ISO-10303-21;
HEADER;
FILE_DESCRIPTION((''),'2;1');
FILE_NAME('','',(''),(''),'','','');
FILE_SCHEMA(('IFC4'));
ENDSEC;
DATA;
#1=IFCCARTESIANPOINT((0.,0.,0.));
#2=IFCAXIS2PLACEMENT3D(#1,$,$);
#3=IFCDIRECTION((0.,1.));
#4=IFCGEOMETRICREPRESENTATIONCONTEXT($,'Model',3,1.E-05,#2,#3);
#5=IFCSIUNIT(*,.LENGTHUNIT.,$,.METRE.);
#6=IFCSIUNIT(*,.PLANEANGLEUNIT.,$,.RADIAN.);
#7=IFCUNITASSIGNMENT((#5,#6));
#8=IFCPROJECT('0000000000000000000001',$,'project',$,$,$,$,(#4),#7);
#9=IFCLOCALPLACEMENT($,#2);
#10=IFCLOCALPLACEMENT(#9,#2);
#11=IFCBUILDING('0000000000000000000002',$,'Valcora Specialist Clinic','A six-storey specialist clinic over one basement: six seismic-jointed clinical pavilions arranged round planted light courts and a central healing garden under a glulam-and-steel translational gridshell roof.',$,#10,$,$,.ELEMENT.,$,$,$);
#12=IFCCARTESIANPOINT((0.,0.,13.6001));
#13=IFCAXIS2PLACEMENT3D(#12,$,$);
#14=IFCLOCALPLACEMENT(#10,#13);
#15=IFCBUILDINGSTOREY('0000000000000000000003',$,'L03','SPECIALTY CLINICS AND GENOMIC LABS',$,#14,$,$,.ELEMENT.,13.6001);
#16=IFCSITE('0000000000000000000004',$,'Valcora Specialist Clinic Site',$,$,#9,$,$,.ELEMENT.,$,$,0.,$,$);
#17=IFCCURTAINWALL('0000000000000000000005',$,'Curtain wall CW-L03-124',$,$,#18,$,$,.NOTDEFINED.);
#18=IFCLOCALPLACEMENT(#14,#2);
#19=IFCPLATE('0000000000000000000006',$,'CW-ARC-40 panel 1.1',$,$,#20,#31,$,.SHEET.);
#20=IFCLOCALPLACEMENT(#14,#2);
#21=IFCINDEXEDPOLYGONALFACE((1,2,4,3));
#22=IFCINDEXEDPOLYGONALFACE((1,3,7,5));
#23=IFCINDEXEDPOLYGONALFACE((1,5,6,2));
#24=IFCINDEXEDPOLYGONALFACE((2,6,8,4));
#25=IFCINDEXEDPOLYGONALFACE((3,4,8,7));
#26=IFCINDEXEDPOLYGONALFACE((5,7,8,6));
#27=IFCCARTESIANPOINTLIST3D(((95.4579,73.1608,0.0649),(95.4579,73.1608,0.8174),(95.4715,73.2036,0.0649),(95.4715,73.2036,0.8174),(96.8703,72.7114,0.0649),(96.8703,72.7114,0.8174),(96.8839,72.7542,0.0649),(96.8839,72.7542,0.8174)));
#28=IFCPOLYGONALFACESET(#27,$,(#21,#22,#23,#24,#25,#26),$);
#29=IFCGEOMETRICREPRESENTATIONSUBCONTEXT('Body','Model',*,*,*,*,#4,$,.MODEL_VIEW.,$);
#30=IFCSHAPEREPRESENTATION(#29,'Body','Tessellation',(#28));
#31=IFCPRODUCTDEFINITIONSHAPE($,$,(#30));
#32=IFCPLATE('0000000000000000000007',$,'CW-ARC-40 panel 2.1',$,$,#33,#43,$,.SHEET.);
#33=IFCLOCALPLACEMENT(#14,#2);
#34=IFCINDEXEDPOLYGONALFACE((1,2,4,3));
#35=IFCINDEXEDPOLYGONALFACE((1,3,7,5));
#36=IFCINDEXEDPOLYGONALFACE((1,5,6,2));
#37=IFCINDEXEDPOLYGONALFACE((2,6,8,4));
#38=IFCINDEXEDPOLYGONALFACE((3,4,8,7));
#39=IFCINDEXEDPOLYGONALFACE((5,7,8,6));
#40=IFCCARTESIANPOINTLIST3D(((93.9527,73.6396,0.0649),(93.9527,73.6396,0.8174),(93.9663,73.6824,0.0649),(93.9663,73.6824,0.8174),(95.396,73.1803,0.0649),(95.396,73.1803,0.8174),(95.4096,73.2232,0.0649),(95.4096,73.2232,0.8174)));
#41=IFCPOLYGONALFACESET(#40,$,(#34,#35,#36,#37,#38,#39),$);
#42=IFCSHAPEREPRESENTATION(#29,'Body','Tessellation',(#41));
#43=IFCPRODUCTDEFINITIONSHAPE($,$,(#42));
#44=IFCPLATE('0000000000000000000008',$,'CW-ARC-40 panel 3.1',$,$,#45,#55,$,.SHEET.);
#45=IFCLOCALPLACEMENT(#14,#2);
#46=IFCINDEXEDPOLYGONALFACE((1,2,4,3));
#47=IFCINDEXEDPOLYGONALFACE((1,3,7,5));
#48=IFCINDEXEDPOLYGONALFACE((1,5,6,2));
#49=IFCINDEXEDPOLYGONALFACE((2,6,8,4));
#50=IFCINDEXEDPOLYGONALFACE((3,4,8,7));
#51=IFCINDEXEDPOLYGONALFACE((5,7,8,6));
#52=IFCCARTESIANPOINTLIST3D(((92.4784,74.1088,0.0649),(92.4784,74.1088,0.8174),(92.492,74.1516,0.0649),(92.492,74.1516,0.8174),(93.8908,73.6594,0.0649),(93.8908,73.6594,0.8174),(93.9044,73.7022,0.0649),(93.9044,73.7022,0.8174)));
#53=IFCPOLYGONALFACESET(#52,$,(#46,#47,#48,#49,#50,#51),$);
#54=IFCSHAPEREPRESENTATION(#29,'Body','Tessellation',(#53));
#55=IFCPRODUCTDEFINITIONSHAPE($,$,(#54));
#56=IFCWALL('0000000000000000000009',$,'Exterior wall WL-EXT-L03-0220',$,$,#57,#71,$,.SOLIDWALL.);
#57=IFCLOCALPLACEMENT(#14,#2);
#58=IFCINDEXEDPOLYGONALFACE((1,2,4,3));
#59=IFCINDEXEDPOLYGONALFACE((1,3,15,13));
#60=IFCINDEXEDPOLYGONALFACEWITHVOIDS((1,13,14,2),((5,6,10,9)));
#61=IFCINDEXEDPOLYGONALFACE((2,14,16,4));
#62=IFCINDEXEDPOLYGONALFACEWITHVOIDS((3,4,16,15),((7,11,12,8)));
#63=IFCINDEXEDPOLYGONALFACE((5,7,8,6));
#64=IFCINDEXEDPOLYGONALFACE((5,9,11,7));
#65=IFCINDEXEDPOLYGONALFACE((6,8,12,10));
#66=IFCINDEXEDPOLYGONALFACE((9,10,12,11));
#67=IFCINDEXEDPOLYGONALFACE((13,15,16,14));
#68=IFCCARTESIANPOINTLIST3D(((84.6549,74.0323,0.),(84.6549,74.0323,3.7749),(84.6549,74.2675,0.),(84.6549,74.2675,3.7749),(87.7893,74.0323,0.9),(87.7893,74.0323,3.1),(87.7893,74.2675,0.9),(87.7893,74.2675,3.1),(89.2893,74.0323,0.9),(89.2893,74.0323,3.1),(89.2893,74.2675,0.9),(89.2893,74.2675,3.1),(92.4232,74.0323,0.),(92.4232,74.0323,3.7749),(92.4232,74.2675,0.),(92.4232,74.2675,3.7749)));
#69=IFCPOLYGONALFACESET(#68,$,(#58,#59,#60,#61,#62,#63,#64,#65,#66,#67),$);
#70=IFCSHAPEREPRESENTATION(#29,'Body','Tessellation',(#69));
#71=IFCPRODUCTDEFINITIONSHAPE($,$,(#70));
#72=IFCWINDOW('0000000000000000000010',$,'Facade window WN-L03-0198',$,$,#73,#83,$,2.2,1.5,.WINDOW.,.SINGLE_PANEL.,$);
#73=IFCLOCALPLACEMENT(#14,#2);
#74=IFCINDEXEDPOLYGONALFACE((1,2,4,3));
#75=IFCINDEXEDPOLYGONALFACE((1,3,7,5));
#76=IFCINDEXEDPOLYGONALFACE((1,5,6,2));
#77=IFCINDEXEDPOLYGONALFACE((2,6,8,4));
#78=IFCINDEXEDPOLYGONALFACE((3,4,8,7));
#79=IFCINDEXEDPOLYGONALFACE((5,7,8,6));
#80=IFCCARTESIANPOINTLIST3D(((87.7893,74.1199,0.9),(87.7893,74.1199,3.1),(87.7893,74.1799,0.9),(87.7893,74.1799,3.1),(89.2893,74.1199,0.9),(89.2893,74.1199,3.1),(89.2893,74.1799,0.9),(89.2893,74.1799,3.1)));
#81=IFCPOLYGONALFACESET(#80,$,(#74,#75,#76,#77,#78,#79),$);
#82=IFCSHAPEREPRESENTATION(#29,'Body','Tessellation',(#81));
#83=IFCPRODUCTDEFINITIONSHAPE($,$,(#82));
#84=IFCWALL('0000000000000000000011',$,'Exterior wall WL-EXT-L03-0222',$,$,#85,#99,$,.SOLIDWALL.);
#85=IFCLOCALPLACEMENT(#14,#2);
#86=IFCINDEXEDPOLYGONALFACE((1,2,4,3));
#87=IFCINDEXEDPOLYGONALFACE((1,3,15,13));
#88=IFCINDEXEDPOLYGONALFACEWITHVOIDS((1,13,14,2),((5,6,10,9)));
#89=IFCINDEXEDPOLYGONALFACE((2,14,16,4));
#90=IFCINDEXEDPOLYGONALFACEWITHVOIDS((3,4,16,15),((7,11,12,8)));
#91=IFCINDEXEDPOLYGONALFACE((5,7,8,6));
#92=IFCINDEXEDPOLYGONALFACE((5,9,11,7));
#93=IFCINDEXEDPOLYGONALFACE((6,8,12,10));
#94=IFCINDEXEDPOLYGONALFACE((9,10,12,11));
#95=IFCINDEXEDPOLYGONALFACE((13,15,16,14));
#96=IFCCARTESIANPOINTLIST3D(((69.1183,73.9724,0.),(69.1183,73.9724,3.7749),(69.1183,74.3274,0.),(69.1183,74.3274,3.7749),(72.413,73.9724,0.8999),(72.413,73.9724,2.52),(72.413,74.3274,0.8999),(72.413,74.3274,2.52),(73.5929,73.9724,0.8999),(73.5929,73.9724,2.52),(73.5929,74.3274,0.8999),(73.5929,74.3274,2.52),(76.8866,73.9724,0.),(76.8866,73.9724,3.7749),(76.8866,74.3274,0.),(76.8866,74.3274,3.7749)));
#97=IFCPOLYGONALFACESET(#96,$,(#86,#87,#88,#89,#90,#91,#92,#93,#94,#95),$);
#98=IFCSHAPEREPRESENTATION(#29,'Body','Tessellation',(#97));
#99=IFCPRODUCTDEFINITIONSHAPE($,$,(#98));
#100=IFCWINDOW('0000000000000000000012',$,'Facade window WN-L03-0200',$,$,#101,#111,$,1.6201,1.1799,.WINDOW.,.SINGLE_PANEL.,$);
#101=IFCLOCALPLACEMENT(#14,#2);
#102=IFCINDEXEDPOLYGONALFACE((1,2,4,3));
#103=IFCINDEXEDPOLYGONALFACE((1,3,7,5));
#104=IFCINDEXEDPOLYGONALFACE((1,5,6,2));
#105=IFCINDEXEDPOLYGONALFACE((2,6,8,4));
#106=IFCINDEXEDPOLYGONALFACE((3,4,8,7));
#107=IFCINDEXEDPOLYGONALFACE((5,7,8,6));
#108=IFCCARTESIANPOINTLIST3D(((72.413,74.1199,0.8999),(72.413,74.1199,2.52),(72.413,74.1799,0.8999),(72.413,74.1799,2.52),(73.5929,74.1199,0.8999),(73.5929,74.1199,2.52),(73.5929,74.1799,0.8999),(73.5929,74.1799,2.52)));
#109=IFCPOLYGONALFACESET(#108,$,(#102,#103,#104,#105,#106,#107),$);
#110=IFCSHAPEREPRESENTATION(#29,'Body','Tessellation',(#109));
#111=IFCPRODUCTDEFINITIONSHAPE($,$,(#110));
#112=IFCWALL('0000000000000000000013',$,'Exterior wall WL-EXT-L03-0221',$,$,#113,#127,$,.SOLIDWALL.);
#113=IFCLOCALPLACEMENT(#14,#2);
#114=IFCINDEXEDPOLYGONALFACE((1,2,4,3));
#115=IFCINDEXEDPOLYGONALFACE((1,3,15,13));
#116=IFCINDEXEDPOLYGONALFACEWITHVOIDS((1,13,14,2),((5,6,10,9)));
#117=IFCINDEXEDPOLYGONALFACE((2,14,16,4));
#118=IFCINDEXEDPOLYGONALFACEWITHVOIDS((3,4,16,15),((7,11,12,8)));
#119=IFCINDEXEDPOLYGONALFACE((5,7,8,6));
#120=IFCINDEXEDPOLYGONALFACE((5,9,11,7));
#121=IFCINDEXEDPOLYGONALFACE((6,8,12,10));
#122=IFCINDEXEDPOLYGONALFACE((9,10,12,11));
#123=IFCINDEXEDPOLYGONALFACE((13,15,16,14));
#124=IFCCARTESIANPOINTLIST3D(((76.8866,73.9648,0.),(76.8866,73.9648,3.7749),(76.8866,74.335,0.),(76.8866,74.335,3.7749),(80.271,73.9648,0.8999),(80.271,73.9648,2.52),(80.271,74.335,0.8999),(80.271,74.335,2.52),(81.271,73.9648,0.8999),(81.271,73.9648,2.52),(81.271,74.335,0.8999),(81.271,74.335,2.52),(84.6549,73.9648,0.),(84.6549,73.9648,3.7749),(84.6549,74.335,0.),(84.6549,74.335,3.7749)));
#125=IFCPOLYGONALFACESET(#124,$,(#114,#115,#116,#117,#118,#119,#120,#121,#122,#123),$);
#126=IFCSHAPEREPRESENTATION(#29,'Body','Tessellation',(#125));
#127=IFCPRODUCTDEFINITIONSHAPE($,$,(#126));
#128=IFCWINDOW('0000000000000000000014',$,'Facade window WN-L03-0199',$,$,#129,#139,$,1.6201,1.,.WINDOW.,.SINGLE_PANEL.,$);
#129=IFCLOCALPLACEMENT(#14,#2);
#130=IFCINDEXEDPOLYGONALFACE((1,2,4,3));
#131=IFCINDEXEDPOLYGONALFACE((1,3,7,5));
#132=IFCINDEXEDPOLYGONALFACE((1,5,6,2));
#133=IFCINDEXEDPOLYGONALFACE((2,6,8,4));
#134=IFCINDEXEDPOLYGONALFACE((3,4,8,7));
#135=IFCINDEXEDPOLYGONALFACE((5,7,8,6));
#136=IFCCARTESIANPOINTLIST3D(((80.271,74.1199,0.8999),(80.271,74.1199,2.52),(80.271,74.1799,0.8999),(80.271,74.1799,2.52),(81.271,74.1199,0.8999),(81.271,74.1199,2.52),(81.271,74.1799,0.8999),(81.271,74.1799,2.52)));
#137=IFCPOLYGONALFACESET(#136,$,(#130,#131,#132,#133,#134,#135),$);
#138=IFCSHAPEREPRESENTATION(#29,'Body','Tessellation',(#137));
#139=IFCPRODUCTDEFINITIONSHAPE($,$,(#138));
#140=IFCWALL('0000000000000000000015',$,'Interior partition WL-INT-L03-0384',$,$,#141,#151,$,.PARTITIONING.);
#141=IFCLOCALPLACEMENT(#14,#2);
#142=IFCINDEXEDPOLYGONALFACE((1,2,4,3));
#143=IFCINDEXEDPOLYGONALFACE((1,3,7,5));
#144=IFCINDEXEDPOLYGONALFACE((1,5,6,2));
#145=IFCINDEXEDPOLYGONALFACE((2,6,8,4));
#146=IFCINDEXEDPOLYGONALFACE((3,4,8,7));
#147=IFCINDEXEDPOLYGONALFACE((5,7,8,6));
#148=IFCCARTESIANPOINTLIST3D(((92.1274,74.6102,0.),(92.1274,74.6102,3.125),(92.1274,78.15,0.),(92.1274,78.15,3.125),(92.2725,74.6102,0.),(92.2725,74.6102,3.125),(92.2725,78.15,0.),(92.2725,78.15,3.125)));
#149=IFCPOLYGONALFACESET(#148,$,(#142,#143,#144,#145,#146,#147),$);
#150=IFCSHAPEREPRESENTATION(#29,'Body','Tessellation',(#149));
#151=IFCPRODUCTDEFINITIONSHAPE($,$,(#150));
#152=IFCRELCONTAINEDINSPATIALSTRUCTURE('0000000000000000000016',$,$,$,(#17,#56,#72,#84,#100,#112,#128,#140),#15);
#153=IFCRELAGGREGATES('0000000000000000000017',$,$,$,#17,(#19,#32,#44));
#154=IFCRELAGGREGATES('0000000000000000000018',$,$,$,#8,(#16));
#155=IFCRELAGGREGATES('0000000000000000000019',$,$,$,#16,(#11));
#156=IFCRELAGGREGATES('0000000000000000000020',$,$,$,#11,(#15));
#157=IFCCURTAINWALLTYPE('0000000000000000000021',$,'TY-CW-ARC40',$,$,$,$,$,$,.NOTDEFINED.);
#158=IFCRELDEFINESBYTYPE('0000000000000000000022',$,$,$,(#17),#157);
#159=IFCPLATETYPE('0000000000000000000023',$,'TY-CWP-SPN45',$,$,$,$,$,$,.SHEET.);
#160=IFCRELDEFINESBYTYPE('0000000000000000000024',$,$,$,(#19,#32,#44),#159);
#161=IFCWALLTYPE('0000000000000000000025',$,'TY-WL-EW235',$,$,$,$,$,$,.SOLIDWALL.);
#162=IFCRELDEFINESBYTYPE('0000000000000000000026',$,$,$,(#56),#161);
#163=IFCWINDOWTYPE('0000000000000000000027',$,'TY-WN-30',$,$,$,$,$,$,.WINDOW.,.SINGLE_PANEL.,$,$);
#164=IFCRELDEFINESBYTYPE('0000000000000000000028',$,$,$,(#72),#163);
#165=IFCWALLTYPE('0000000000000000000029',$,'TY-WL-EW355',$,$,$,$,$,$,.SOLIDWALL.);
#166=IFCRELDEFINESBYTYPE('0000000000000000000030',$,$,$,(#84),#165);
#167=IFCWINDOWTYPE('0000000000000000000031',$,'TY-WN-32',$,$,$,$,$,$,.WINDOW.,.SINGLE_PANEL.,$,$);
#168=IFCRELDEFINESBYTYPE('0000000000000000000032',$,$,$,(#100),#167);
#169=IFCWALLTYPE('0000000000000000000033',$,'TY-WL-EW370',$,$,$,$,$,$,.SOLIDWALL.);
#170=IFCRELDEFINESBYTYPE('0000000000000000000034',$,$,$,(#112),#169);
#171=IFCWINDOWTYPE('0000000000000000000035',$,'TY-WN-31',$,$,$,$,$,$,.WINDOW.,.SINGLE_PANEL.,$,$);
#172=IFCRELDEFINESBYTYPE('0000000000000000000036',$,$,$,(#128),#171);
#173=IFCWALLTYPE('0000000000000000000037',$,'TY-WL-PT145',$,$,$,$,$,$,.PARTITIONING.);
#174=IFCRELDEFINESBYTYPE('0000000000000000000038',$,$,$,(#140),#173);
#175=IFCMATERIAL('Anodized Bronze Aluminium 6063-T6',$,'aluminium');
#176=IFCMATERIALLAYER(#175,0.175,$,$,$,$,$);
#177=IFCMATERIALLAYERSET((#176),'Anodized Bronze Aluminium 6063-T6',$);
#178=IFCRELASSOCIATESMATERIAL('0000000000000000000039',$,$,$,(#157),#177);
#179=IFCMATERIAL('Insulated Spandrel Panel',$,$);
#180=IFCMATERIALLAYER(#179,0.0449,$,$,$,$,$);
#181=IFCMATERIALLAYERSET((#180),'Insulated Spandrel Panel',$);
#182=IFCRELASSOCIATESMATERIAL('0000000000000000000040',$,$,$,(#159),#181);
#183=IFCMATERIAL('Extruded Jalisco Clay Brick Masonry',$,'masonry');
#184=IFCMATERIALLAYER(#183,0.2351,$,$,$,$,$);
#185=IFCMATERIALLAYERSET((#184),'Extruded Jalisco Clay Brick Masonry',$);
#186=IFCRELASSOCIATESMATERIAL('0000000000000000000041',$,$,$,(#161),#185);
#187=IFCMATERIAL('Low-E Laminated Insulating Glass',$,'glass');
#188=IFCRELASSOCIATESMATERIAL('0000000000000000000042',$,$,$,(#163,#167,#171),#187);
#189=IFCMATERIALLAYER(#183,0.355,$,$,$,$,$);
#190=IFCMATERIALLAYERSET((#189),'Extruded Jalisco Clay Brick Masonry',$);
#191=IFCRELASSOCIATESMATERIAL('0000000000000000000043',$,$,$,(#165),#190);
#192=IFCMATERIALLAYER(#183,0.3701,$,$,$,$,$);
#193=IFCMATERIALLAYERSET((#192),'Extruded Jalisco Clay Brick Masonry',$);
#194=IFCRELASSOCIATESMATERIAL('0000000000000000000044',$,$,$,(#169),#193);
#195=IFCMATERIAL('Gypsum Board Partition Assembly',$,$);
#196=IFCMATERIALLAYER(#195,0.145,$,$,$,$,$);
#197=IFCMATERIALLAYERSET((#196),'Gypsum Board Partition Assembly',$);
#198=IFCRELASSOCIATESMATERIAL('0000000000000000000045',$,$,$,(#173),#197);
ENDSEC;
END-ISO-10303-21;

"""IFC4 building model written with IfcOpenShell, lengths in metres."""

from ifc_helpers import new_model, si_unit, direction, frame, frame_2d, origin, origin_2d, place, context, subcontext, project, spatial, rectangle, extrude, material, layer, layer_set, type_object, element, fill, aggregate, save


model = new_model("IFC4")

# Units and contexts
model_context = context("Model", 3, precision=1e-05, world=origin(), true_north=direction((0.0, 1.0)))
body_context = subcontext(model_context, "Body", "Model", "MODEL_VIEW")
ifc_project = project(units=[si_unit("LENGTHUNIT", "METRE"), si_unit("PLANEANGLEUNIT", "RADIAN")], contexts=[model_context])

# Site, building, storey
site_placement = place(None, origin())
site = spatial("IfcSite", under=ifc_project, at=site_placement, Name="Valcora Specialist Clinic Site", CompositionType="ELEMENT", RefElevation=0.0)
building_placement = place(site_placement, origin())
building = spatial("IfcBuilding", under=site, at=building_placement, Name="Valcora Specialist Clinic", Description="A six-storey specialist clinic over one basement: six seismic-jointed clinical pavilions arranged round planted light courts and a central healing garden under a glulam-and-steel translational gridshell roof.", CompositionType="ELEMENT")
storey_placement = place(building_placement, frame((0.0, 0.0, 13.6001)))
storey = spatial("IfcBuildingStorey", under=building, at=storey_placement, Name="L03", Description="SPECIALTY CLINICS AND GENOMIC LABS", CompositionType="ELEMENT", Elevation=13.6001)

# Shared definitions
ifc_material_1 = material(Name="Anodized Bronze Aluminium 6063-T6", Category="aluminium")
ifc_layer_1 = layer(ifc_material_1, 0.175)
ifc_layer_set_1 = layer_set([ifc_layer_1], Name="Anodized Bronze Aluminium 6063-T6")
curtain_wall_type = type_object("IfcCurtainWallType", Name="TY-CW-ARC40", PredefinedType="NOTDEFINED", material=ifc_layer_set_1)

# Curtain wall, plates
curtain_wall_1_placement = place(storey_placement, origin())
curtain_wall_1 = element("IfcCurtainWall", 1, at=curtain_wall_1_placement, inside=storey, type_object=curtain_wall_type, Name="Curtain wall CW-L03-124", PredefinedType="NOTDEFINED")
ifc_material_2 = material(Name="Low-E Laminated Insulating Glass", Category="glass")
ifc_material_3 = material(Name="Insulated Spandrel Panel")
ifc_layer_2 = layer(ifc_material_3, 0.0449)
ifc_layer_set_2 = layer_set([ifc_layer_2], Name="Insulated Spandrel Panel")
plate_type_1 = type_object("IfcPlateType", Name="TY-CWP-SPN45", PredefinedType="SHEET", material=ifc_layer_set_2)
plate_1_placement = place(storey_placement, frame((96.1709, 72.9575, 0.0649), z_axis=(0.0, 0.0, 1.0), x_axis=(-0.952916, 0.303233, 0.0)))
plate_1 = element("IfcPlate", 2, at=plate_1_placement, type_object=plate_type_1, Name="CW-ARC-40 panel 1.1", PredefinedType="SHEET", context=body_context, shape_type="SweptSolid", body=[
    extrude(rectangle(XDim=1.4822, YDim=0.0449, at=origin_2d()), origin(), (0.0, 0.0, 1.0), 0.7524),
])
plate_2_placement = place(storey_placement, frame((94.6812, 73.4314, 0.0649), z_axis=(0.0, 0.0, 1.0), x_axis=(-0.952916, 0.303233, 0.0)))
plate_2 = element("IfcPlate", 3, at=plate_2_placement, type_object=plate_type_1, Name="CW-ARC-40 panel 2.1", PredefinedType="SHEET", context=body_context, shape_type="SweptSolid", body=[
    extrude(rectangle(XDim=1.5146, YDim=0.0449, at=origin_2d()), origin(), (0.0, 0.0, 1.0), 0.7524),
])
plate_3_placement = place(storey_placement, frame((93.1914, 73.9055, 0.0649), z_axis=(0.0, 0.0, 1.0), x_axis=(-0.952916, 0.303233, 0.0)))
plate_3 = element("IfcPlate", 4, at=plate_3_placement, type_object=plate_type_1, Name="CW-ARC-40 panel 3.1", PredefinedType="SHEET", context=body_context, shape_type="SweptSolid", body=[
    extrude(rectangle(XDim=1.4822, YDim=0.0449, at=origin_2d()), origin(), (0.0, 0.0, 1.0), 0.7524),
])
aggregate(curtain_wall_1, [plate_1, plate_2, plate_3])

# Walls, openings, windows
ifc_material_4 = material(Name="Extruded Jalisco Clay Brick Masonry", Category="masonry")
ifc_layer_3 = layer(ifc_material_4, 0.2351)
ifc_layer_set_3 = layer_set([ifc_layer_3], Name="Extruded Jalisco Clay Brick Masonry")
wall_type_1 = type_object("IfcWallType", Name="TY-WL-EW235", PredefinedType="SOLIDWALL", material=ifc_layer_set_3)
wall_1_placement = place(storey_placement, frame((92.4233, 74.1499, 0.0), z_axis=(0.0, 0.0, 1.0), x_axis=(-1.0, 0.0, 0.0)))
wall_1 = element("IfcWall", 5, at=wall_1_placement, inside=storey, type_object=wall_type_1, Name="Exterior wall WL-EXT-L03-0220", PredefinedType="SOLIDWALL", context=body_context, shape_type="SweptSolid", body=[
    extrude(rectangle(XDim=7.7683, YDim=0.2351, at=frame_2d((3.8843, 0.0))), origin(), (0.0, 0.0, 1.0), 3.7749),
])
opening_1_placement = place(wall_1_placement, frame((3.134, 0.0, 0.8999)))
opening_1 = element("IfcOpeningElement", 6, at=opening_1_placement, cuts=wall_1, PredefinedType="OPENING", context=body_context, shape_type="SweptSolid", body=[
    extrude(rectangle(XDim=1.5, YDim=2.2, at=frame_2d((0.75, 1.1001))), frame((0.0, 0.1274, 0.0), z_axis=(0.0, -1.0, 0.0), x_axis=(1.0, 0.0, 0.0)), (0.0, 0.0, 1.0), 0.2551),
])
window_type_1 = type_object("IfcWindowType", Name="TY-WN-30", PartitioningType="SINGLE_PANEL", PredefinedType="WINDOW", material=ifc_material_2)
window_1_placement = place(opening_1_placement, origin())
window_1 = element("IfcWindow", 7, at=window_1_placement, inside=storey, type_object=window_type_1, Name="Facade window WN-L03-0198", OverallHeight=2.2, OverallWidth=1.5, PartitioningType="SINGLE_PANEL", PredefinedType="WINDOW", context=body_context, shape_type="SweptSolid", body=[
    extrude(rectangle(XDim=1.5, YDim=2.2, at=frame_2d((0.75, 1.1001))), frame((0.0, 0.03, 0.0), z_axis=(0.0, -1.0, 0.0), x_axis=(1.0, 0.0, 0.0)), (0.0, 0.0, 1.0), 0.0601),
])
fill(opening_1, window_1)
ifc_layer_4 = layer(ifc_material_4, 0.355)
ifc_layer_set_4 = layer_set([ifc_layer_4], Name="Extruded Jalisco Clay Brick Masonry")
wall_type_2 = type_object("IfcWallType", Name="TY-WL-EW355", PredefinedType="SOLIDWALL", material=ifc_layer_set_4)
wall_2_placement = place(storey_placement, frame((76.8867, 74.1499, 0.0), z_axis=(0.0, 0.0, 1.0), x_axis=(-1.0, 0.0, 0.0)))
wall_2 = element("IfcWall", 8, at=wall_2_placement, inside=storey, type_object=wall_type_2, Name="Exterior wall WL-EXT-L03-0222", PredefinedType="SOLIDWALL", context=body_context, shape_type="SweptSolid", body=[
    extrude(rectangle(XDim=7.7683, YDim=0.355, at=frame_2d((3.8843, 0.0))), origin(), (0.0, 0.0, 1.0), 3.7749),
])
opening_2_placement = place(wall_2_placement, frame((3.2939, 0.0, 0.8999)))
opening_2 = element("IfcOpeningElement", 9, at=opening_2_placement, cuts=wall_2, PredefinedType="OPENING", context=body_context, shape_type="SweptSolid", body=[
    extrude(rectangle(XDim=1.1799, YDim=1.6201, at=frame_2d((0.5898, 0.8101))), frame((0.0, 0.1875, 0.0), z_axis=(0.0, -1.0, 0.0), x_axis=(1.0, 0.0, 0.0)), (0.0, 0.0, 1.0), 0.375),
])
window_type_2 = type_object("IfcWindowType", Name="TY-WN-32", PartitioningType="SINGLE_PANEL", PredefinedType="WINDOW", material=ifc_material_2)
window_2_placement = place(opening_2_placement, origin())
window_2 = element("IfcWindow", 10, at=window_2_placement, inside=storey, type_object=window_type_2, Name="Facade window WN-L03-0200", OverallHeight=1.6201, OverallWidth=1.1799, PartitioningType="SINGLE_PANEL", PredefinedType="WINDOW", context=body_context, shape_type="SweptSolid", body=[
    extrude(rectangle(XDim=1.1799, YDim=1.6201, at=frame_2d((0.5898, 0.8101))), frame((0.0, 0.03, 0.0), z_axis=(0.0, -1.0, 0.0), x_axis=(1.0, 0.0, 0.0)), (0.0, 0.0, 1.0), 0.0601),
])
fill(opening_2, window_2)
ifc_layer_5 = layer(ifc_material_4, 0.3701)
ifc_layer_set_5 = layer_set([ifc_layer_5], Name="Extruded Jalisco Clay Brick Masonry")
wall_type_3 = type_object("IfcWallType", Name="TY-WL-EW370", PredefinedType="SOLIDWALL", material=ifc_layer_set_5)
wall_3_placement = place(storey_placement, frame((84.655, 74.1499, 0.0), z_axis=(0.0, 0.0, 1.0), x_axis=(-1.0, 0.0, 0.0)))
wall_3 = element("IfcWall", 11, at=wall_3_placement, inside=storey, type_object=wall_type_3, Name="Exterior wall WL-EXT-L03-0221", PredefinedType="SOLIDWALL", context=body_context, shape_type="SweptSolid", body=[
    extrude(rectangle(XDim=7.7683, YDim=0.3701, at=frame_2d((3.8843, 0.0))), origin(), (0.0, 0.0, 1.0), 3.7749),
])
opening_3_placement = place(wall_3_placement, frame((3.384, 0.0, 0.8999)))
opening_3 = element("IfcOpeningElement", 12, at=opening_3_placement, cuts=wall_3, PredefinedType="OPENING", context=body_context, shape_type="SweptSolid", body=[
    extrude(rectangle(XDim=1.0, YDim=1.6201, at=frame_2d((0.5, 0.8101))), frame((0.0, 0.1951, 0.0), z_axis=(0.0, -1.0, 0.0), x_axis=(1.0, 0.0, 0.0)), (0.0, 0.0, 1.0), 0.3901),
])
window_type_3 = type_object("IfcWindowType", Name="TY-WN-31", PartitioningType="SINGLE_PANEL", PredefinedType="WINDOW", material=ifc_material_2)
window_3_placement = place(opening_3_placement, origin())
window_3 = element("IfcWindow", 13, at=window_3_placement, inside=storey, type_object=window_type_3, Name="Facade window WN-L03-0199", OverallHeight=1.6201, OverallWidth=1.0, PartitioningType="SINGLE_PANEL", PredefinedType="WINDOW", context=body_context, shape_type="SweptSolid", body=[
    extrude(rectangle(XDim=1.0, YDim=1.6201, at=frame_2d((0.5, 0.8101))), frame((0.0, 0.03, 0.0), z_axis=(0.0, -1.0, 0.0), x_axis=(1.0, 0.0, 0.0)), (0.0, 0.0, 1.0), 0.0601),
])
fill(opening_3, window_3)

# Wall
ifc_material_5 = material(Name="Gypsum Board Partition Assembly")
ifc_layer_6 = layer(ifc_material_5, 0.145)
ifc_layer_set_6 = layer_set([ifc_layer_6], Name="Gypsum Board Partition Assembly")
wall_type_4 = type_object("IfcWallType", Name="TY-WL-PT145", PredefinedType="PARTITIONING", material=ifc_layer_set_6)
wall_4_placement = place(storey_placement, frame((92.2, 74.6101, 0.0), z_axis=(0.0, 0.0, 1.0), x_axis=(0.0, 1.0, 0.0)))
element("IfcWall", 14, at=wall_4_placement, inside=storey, type_object=wall_type_4, Name="Interior partition WL-INT-L03-0384", PredefinedType="PARTITIONING", context=body_context, shape_type="SweptSolid", body=[
    extrude(rectangle(XDim=3.5398, YDim=0.145, at=frame_2d((1.77, 0.0))), origin(), (0.0, 0.0, 1.0), 3.125),
])

save(model, "model.ifc")
